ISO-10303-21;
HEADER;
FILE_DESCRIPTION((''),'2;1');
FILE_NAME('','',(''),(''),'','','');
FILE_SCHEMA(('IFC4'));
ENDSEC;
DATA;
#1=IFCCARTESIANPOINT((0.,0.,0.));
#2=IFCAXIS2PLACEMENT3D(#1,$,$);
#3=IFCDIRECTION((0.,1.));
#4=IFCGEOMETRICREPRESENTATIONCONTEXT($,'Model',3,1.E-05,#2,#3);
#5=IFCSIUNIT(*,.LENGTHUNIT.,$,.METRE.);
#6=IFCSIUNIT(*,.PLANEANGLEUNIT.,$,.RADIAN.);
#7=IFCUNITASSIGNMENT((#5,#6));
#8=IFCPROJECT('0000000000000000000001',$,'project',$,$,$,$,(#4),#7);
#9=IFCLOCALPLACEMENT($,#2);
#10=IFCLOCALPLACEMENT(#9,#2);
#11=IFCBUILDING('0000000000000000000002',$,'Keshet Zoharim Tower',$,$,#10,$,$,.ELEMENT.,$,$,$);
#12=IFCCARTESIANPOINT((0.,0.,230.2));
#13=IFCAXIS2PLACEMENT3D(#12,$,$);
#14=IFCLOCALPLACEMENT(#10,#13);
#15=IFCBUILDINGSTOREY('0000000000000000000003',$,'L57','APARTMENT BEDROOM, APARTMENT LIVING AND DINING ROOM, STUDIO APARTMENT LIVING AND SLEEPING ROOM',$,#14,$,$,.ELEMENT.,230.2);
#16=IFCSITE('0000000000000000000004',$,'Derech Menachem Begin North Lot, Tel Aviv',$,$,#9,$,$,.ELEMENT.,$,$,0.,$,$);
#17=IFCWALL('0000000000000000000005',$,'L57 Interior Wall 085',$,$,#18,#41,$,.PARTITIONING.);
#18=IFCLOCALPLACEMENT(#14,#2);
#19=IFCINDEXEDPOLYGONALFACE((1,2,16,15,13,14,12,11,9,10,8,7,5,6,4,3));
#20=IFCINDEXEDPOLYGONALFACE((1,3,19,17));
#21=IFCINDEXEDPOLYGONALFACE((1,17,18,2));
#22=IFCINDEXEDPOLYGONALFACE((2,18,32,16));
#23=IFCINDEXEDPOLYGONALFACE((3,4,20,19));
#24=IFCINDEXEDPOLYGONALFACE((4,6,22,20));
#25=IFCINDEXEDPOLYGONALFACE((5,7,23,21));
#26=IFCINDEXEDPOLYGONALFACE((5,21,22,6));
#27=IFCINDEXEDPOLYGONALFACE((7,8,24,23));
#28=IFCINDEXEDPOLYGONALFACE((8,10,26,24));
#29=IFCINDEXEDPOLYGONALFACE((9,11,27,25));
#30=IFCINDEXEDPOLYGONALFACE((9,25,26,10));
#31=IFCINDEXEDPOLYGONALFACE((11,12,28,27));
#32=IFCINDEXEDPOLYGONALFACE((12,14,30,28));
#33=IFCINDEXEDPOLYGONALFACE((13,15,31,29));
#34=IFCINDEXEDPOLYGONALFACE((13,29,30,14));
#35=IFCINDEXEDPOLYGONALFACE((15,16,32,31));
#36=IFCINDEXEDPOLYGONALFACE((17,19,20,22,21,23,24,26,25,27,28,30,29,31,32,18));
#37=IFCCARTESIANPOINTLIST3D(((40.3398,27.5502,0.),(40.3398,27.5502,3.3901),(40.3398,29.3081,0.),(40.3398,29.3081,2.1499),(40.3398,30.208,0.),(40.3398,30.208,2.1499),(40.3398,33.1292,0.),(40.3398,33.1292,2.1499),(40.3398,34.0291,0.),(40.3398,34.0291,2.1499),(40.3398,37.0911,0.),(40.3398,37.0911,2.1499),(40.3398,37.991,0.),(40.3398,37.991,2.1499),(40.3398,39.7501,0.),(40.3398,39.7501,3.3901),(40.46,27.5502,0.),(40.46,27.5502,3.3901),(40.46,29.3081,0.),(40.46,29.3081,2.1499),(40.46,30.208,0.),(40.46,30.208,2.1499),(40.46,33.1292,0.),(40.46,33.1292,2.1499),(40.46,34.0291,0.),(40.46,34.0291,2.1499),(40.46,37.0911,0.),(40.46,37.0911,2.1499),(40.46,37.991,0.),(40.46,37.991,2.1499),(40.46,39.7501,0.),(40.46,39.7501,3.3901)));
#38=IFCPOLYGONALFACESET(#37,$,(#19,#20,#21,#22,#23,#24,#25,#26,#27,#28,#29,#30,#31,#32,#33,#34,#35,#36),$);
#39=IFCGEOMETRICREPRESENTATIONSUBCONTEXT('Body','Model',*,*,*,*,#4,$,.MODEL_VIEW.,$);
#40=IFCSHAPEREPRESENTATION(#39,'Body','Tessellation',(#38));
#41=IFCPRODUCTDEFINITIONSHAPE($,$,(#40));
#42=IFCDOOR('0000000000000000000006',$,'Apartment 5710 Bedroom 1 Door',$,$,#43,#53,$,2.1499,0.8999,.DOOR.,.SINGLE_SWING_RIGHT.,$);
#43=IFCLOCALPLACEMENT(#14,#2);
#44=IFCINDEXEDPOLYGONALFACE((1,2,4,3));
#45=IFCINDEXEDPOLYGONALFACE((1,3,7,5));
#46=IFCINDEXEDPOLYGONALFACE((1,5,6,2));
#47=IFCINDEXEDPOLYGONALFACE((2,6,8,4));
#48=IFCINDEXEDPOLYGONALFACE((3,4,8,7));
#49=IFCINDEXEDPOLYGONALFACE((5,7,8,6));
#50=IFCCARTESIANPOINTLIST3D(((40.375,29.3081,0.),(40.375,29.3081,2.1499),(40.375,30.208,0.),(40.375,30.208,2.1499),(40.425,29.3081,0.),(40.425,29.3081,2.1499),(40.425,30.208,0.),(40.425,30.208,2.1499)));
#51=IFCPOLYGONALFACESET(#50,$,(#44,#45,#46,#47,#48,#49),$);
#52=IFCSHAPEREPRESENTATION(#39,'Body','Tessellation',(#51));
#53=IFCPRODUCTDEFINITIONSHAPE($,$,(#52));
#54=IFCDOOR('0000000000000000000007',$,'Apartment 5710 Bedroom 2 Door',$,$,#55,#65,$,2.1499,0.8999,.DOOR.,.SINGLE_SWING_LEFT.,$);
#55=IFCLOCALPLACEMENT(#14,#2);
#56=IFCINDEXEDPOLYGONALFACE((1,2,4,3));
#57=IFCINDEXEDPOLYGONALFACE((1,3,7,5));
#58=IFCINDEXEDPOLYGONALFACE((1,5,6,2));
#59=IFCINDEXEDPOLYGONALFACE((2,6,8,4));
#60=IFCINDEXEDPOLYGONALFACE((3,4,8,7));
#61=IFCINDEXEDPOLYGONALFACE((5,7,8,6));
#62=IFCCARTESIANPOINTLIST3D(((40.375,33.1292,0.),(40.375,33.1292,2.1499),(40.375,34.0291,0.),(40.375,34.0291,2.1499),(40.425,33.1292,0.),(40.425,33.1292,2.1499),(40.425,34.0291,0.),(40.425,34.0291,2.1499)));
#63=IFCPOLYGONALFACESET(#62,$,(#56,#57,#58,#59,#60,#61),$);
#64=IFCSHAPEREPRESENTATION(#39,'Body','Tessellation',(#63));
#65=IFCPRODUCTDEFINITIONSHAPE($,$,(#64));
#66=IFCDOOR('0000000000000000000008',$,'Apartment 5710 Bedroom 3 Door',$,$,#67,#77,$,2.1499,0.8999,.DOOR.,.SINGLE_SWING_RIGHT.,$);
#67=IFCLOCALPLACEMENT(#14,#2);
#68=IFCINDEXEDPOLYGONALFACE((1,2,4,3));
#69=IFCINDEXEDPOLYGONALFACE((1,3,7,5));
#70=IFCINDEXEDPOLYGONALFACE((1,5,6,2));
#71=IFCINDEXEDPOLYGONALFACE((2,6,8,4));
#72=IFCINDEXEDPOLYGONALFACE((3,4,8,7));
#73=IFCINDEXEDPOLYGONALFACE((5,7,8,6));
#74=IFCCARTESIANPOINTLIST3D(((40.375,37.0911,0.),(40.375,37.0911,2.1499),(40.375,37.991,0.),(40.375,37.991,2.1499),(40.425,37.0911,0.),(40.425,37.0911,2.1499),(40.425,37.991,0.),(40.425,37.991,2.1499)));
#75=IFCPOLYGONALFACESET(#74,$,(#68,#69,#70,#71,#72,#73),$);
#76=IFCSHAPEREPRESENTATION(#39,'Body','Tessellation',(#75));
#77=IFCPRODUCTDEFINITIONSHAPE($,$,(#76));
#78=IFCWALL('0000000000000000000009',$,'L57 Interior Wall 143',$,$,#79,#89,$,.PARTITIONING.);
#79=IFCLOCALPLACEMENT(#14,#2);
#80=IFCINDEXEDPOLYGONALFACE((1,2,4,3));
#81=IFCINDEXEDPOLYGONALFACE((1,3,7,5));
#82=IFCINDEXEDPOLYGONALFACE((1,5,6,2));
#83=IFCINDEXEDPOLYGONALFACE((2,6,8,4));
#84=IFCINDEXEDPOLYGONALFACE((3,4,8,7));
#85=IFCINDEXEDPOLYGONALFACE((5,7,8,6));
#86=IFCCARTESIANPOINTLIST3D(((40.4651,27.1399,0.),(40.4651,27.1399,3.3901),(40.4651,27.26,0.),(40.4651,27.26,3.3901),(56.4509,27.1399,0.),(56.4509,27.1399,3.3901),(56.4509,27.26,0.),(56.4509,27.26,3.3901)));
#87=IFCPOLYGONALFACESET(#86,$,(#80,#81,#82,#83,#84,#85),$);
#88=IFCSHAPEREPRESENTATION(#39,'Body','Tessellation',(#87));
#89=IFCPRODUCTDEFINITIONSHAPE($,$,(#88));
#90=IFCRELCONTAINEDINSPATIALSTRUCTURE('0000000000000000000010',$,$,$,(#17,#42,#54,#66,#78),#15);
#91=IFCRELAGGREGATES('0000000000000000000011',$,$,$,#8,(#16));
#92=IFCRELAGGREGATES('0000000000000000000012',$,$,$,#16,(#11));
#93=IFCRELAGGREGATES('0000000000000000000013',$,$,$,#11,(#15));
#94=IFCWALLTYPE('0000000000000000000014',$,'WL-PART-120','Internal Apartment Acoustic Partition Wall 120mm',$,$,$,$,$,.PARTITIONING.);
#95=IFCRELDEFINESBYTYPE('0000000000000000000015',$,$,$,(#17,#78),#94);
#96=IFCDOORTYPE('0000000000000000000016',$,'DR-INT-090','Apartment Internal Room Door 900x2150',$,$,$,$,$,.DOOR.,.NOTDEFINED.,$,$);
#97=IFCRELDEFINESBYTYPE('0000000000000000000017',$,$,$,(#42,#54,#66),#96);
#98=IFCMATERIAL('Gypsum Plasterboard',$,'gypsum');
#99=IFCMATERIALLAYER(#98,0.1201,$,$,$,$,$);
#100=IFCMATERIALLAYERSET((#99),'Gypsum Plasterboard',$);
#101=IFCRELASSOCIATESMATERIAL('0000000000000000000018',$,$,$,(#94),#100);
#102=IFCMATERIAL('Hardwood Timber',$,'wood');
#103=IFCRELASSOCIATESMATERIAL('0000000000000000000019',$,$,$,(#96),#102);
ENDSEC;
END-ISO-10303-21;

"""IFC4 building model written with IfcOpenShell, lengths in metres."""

from ifc_helpers import new_model, si_unit, direction, frame, frame_2d, origin, place, context, subcontext, project, spatial, rectangle, extrude, material, layer, layer_set, type_object, element, fill, save


model = new_model("IFC4")

# Units and contexts
model_context = context("Model", 3, precision=1e-05, world=origin(), true_north=direction((0.0, 1.0)))
body_context = subcontext(model_context, "Body", "Model", "MODEL_VIEW")
ifc_project = project(units=[si_unit("LENGTHUNIT", "METRE"), si_unit("PLANEANGLEUNIT", "RADIAN")], contexts=[model_context])

# Site, building, storey
site_placement = place(None, origin())
site = spatial("IfcSite", under=ifc_project, at=site_placement, Name="Derech Menachem Begin North Lot, Tel Aviv", CompositionType="ELEMENT", RefElevation=0.0)
building_placement = place(site_placement, origin())
building = spatial("IfcBuilding", under=site, at=building_placement, Name="Keshet Zoharim Tower", CompositionType="ELEMENT")
storey_placement = place(building_placement, frame((0.0, 0.0, 230.2)))
storey = spatial("IfcBuildingStorey", under=building, at=storey_placement, Name="L57", Description="APARTMENT BEDROOM, APARTMENT LIVING AND DINING ROOM, STUDIO APARTMENT LIVING AND SLEEPING ROOM", CompositionType="ELEMENT", Elevation=230.2)

# Shared definitions
ifc_material_1 = material(Name="Gypsum Plasterboard", Category="gypsum")
ifc_layer_1 = layer(ifc_material_1, 0.1201)
ifc_layer_set_1 = layer_set([ifc_layer_1], Name="Gypsum Plasterboard")
wall_type = type_object("IfcWallType", Name="WL-PART-120", Description="Internal Apartment Acoustic Partition Wall 120mm", PredefinedType="PARTITIONING", material=ifc_layer_set_1)

# Wall, openings, doors
wall_1_placement = place(storey_placement, frame((40.3999, 27.55, 0.0), z_axis=(0.0, 0.0, 1.0), x_axis=(0.0, 1.0, 0.0)))
wall_1 = element("IfcWall", 1, at=wall_1_placement, inside=storey, type_object=wall_type, Name="L57 Interior Wall 085", PredefinedType="PARTITIONING", context=body_context, shape_type="SweptSolid", body=[
    extrude(rectangle(XDim=12.2, YDim=0.1201, at=frame_2d((6.1001, 0.0))), origin(), (0.0, 0.0, 1.0), 3.3901),
])
opening_1_placement = place(wall_1_placement, frame((1.7581, 0.0, 0.0)))
opening_1 = element("IfcOpeningElement", 2, at=opening_1_placement, cuts=wall_1, PredefinedType="OPENING", context=body_context, shape_type="SweptSolid", body=[
    extrude(rectangle(XDim=0.8999, YDim=2.1499, at=frame_2d((0.45, 1.075))), frame((0.0, 0.0701, 0.0), z_axis=(0.0, -1.0, 0.0), x_axis=(1.0, 0.0, 0.0)), (0.0, 0.0, 1.0), 0.1401),
])
opening_2_placement = place(wall_1_placement, frame((5.5791, 0.0, 0.0)))
opening_2 = element("IfcOpeningElement", 3, at=opening_2_placement, cuts=wall_1, PredefinedType="OPENING", context=body_context, shape_type="SweptSolid", body=[
    extrude(rectangle(XDim=0.8999, YDim=2.1499, at=frame_2d((0.45, 1.075))), frame((0.0, 0.0701, 0.0), z_axis=(0.0, -1.0, 0.0), x_axis=(1.0, 0.0, 0.0)), (0.0, 0.0, 1.0), 0.1401),
])
opening_3_placement = place(wall_1_placement, frame((9.541, 0.0, 0.0)))
opening_3 = element("IfcOpeningElement", 4, at=opening_3_placement, cuts=wall_1, PredefinedType="OPENING", context=body_context, shape_type="SweptSolid", body=[
    extrude(rectangle(XDim=0.8999, YDim=2.1499, at=frame_2d((0.45, 1.075))), frame((0.0, 0.0701, 0.0), z_axis=(0.0, -1.0, 0.0), x_axis=(1.0, 0.0, 0.0)), (0.0, 0.0, 1.0), 0.1401),
])
ifc_material_2 = material(Name="Hardwood Timber", Category="wood")
door_type = type_object("IfcDoorType", Name="DR-INT-090", Description="Apartment Internal Room Door 900x2150", OperationType="NOTDEFINED", PredefinedType="DOOR", material=ifc_material_2)
door_1_placement = place(opening_1_placement, origin())
door_1 = element("IfcDoor", 5, at=door_1_placement, inside=storey, type_object=door_type, Name="Apartment 5710 Bedroom 1 Door", OperationType="SINGLE_SWING_RIGHT", OverallHeight=2.1499, OverallWidth=0.8999, PredefinedType="DOOR", context=body_context, shape_type="SweptSolid", body=[
    extrude(rectangle(XDim=0.8999, YDim=2.1499, at=frame_2d((0.45, 1.075))), frame((0.0, 0.0249, 0.0), z_axis=(0.0, -1.0, 0.0), x_axis=(1.0, 0.0, 0.0)), (0.0, 0.0, 1.0), 0.05),
])
fill(opening_1, door_1)
door_2_placement = place(opening_2_placement, origin())
door_2 = element("IfcDoor", 6, at=door_2_placement, inside=storey, type_object=door_type, Name="Apartment 5710 Bedroom 2 Door", OperationType="SINGLE_SWING_LEFT", OverallHeight=2.1499, OverallWidth=0.8999, PredefinedType="DOOR", context=body_context, shape_type="SweptSolid", body=[
    extrude(rectangle(XDim=0.8999, YDim=2.1499, at=frame_2d((0.45, 1.075))), frame((0.0, 0.0249, 0.0), z_axis=(0.0, -1.0, 0.0), x_axis=(1.0, 0.0, 0.0)), (0.0, 0.0, 1.0), 0.05),
])
fill(opening_2, door_2)
door_3_placement = place(opening_3_placement, origin())
door_3 = element("IfcDoor", 7, at=door_3_placement, inside=storey, type_object=door_type, Name="Apartment 5710 Bedroom 3 Door", OperationType="SINGLE_SWING_RIGHT", OverallHeight=2.1499, OverallWidth=0.8999, PredefinedType="DOOR", context=body_context, shape_type="SweptSolid", body=[
    extrude(rectangle(XDim=0.8999, YDim=2.1499, at=frame_2d((0.45, 1.075))), frame((0.0, 0.0249, 0.0), z_axis=(0.0, -1.0, 0.0), x_axis=(1.0, 0.0, 0.0)), (0.0, 0.0, 1.0), 0.05),
])
fill(opening_3, door_3)

# Wall
wall_2_placement = place(storey_placement, frame((40.4651, 27.2, 0.0), z_axis=(0.0, 0.0, 1.0), x_axis=(1.0, 0.0, 0.0)))
element("IfcWall", 8, at=wall_2_placement, inside=storey, type_object=wall_type, Name="L57 Interior Wall 143", PredefinedType="PARTITIONING", context=body_context, shape_type="SweptSolid", body=[
    extrude(rectangle(XDim=15.9858, YDim=0.1201, at=frame_2d((7.9929, 0.0))), origin(), (0.0, 0.0, 1.0), 3.3901),
])

save(model, "model.ifc")
